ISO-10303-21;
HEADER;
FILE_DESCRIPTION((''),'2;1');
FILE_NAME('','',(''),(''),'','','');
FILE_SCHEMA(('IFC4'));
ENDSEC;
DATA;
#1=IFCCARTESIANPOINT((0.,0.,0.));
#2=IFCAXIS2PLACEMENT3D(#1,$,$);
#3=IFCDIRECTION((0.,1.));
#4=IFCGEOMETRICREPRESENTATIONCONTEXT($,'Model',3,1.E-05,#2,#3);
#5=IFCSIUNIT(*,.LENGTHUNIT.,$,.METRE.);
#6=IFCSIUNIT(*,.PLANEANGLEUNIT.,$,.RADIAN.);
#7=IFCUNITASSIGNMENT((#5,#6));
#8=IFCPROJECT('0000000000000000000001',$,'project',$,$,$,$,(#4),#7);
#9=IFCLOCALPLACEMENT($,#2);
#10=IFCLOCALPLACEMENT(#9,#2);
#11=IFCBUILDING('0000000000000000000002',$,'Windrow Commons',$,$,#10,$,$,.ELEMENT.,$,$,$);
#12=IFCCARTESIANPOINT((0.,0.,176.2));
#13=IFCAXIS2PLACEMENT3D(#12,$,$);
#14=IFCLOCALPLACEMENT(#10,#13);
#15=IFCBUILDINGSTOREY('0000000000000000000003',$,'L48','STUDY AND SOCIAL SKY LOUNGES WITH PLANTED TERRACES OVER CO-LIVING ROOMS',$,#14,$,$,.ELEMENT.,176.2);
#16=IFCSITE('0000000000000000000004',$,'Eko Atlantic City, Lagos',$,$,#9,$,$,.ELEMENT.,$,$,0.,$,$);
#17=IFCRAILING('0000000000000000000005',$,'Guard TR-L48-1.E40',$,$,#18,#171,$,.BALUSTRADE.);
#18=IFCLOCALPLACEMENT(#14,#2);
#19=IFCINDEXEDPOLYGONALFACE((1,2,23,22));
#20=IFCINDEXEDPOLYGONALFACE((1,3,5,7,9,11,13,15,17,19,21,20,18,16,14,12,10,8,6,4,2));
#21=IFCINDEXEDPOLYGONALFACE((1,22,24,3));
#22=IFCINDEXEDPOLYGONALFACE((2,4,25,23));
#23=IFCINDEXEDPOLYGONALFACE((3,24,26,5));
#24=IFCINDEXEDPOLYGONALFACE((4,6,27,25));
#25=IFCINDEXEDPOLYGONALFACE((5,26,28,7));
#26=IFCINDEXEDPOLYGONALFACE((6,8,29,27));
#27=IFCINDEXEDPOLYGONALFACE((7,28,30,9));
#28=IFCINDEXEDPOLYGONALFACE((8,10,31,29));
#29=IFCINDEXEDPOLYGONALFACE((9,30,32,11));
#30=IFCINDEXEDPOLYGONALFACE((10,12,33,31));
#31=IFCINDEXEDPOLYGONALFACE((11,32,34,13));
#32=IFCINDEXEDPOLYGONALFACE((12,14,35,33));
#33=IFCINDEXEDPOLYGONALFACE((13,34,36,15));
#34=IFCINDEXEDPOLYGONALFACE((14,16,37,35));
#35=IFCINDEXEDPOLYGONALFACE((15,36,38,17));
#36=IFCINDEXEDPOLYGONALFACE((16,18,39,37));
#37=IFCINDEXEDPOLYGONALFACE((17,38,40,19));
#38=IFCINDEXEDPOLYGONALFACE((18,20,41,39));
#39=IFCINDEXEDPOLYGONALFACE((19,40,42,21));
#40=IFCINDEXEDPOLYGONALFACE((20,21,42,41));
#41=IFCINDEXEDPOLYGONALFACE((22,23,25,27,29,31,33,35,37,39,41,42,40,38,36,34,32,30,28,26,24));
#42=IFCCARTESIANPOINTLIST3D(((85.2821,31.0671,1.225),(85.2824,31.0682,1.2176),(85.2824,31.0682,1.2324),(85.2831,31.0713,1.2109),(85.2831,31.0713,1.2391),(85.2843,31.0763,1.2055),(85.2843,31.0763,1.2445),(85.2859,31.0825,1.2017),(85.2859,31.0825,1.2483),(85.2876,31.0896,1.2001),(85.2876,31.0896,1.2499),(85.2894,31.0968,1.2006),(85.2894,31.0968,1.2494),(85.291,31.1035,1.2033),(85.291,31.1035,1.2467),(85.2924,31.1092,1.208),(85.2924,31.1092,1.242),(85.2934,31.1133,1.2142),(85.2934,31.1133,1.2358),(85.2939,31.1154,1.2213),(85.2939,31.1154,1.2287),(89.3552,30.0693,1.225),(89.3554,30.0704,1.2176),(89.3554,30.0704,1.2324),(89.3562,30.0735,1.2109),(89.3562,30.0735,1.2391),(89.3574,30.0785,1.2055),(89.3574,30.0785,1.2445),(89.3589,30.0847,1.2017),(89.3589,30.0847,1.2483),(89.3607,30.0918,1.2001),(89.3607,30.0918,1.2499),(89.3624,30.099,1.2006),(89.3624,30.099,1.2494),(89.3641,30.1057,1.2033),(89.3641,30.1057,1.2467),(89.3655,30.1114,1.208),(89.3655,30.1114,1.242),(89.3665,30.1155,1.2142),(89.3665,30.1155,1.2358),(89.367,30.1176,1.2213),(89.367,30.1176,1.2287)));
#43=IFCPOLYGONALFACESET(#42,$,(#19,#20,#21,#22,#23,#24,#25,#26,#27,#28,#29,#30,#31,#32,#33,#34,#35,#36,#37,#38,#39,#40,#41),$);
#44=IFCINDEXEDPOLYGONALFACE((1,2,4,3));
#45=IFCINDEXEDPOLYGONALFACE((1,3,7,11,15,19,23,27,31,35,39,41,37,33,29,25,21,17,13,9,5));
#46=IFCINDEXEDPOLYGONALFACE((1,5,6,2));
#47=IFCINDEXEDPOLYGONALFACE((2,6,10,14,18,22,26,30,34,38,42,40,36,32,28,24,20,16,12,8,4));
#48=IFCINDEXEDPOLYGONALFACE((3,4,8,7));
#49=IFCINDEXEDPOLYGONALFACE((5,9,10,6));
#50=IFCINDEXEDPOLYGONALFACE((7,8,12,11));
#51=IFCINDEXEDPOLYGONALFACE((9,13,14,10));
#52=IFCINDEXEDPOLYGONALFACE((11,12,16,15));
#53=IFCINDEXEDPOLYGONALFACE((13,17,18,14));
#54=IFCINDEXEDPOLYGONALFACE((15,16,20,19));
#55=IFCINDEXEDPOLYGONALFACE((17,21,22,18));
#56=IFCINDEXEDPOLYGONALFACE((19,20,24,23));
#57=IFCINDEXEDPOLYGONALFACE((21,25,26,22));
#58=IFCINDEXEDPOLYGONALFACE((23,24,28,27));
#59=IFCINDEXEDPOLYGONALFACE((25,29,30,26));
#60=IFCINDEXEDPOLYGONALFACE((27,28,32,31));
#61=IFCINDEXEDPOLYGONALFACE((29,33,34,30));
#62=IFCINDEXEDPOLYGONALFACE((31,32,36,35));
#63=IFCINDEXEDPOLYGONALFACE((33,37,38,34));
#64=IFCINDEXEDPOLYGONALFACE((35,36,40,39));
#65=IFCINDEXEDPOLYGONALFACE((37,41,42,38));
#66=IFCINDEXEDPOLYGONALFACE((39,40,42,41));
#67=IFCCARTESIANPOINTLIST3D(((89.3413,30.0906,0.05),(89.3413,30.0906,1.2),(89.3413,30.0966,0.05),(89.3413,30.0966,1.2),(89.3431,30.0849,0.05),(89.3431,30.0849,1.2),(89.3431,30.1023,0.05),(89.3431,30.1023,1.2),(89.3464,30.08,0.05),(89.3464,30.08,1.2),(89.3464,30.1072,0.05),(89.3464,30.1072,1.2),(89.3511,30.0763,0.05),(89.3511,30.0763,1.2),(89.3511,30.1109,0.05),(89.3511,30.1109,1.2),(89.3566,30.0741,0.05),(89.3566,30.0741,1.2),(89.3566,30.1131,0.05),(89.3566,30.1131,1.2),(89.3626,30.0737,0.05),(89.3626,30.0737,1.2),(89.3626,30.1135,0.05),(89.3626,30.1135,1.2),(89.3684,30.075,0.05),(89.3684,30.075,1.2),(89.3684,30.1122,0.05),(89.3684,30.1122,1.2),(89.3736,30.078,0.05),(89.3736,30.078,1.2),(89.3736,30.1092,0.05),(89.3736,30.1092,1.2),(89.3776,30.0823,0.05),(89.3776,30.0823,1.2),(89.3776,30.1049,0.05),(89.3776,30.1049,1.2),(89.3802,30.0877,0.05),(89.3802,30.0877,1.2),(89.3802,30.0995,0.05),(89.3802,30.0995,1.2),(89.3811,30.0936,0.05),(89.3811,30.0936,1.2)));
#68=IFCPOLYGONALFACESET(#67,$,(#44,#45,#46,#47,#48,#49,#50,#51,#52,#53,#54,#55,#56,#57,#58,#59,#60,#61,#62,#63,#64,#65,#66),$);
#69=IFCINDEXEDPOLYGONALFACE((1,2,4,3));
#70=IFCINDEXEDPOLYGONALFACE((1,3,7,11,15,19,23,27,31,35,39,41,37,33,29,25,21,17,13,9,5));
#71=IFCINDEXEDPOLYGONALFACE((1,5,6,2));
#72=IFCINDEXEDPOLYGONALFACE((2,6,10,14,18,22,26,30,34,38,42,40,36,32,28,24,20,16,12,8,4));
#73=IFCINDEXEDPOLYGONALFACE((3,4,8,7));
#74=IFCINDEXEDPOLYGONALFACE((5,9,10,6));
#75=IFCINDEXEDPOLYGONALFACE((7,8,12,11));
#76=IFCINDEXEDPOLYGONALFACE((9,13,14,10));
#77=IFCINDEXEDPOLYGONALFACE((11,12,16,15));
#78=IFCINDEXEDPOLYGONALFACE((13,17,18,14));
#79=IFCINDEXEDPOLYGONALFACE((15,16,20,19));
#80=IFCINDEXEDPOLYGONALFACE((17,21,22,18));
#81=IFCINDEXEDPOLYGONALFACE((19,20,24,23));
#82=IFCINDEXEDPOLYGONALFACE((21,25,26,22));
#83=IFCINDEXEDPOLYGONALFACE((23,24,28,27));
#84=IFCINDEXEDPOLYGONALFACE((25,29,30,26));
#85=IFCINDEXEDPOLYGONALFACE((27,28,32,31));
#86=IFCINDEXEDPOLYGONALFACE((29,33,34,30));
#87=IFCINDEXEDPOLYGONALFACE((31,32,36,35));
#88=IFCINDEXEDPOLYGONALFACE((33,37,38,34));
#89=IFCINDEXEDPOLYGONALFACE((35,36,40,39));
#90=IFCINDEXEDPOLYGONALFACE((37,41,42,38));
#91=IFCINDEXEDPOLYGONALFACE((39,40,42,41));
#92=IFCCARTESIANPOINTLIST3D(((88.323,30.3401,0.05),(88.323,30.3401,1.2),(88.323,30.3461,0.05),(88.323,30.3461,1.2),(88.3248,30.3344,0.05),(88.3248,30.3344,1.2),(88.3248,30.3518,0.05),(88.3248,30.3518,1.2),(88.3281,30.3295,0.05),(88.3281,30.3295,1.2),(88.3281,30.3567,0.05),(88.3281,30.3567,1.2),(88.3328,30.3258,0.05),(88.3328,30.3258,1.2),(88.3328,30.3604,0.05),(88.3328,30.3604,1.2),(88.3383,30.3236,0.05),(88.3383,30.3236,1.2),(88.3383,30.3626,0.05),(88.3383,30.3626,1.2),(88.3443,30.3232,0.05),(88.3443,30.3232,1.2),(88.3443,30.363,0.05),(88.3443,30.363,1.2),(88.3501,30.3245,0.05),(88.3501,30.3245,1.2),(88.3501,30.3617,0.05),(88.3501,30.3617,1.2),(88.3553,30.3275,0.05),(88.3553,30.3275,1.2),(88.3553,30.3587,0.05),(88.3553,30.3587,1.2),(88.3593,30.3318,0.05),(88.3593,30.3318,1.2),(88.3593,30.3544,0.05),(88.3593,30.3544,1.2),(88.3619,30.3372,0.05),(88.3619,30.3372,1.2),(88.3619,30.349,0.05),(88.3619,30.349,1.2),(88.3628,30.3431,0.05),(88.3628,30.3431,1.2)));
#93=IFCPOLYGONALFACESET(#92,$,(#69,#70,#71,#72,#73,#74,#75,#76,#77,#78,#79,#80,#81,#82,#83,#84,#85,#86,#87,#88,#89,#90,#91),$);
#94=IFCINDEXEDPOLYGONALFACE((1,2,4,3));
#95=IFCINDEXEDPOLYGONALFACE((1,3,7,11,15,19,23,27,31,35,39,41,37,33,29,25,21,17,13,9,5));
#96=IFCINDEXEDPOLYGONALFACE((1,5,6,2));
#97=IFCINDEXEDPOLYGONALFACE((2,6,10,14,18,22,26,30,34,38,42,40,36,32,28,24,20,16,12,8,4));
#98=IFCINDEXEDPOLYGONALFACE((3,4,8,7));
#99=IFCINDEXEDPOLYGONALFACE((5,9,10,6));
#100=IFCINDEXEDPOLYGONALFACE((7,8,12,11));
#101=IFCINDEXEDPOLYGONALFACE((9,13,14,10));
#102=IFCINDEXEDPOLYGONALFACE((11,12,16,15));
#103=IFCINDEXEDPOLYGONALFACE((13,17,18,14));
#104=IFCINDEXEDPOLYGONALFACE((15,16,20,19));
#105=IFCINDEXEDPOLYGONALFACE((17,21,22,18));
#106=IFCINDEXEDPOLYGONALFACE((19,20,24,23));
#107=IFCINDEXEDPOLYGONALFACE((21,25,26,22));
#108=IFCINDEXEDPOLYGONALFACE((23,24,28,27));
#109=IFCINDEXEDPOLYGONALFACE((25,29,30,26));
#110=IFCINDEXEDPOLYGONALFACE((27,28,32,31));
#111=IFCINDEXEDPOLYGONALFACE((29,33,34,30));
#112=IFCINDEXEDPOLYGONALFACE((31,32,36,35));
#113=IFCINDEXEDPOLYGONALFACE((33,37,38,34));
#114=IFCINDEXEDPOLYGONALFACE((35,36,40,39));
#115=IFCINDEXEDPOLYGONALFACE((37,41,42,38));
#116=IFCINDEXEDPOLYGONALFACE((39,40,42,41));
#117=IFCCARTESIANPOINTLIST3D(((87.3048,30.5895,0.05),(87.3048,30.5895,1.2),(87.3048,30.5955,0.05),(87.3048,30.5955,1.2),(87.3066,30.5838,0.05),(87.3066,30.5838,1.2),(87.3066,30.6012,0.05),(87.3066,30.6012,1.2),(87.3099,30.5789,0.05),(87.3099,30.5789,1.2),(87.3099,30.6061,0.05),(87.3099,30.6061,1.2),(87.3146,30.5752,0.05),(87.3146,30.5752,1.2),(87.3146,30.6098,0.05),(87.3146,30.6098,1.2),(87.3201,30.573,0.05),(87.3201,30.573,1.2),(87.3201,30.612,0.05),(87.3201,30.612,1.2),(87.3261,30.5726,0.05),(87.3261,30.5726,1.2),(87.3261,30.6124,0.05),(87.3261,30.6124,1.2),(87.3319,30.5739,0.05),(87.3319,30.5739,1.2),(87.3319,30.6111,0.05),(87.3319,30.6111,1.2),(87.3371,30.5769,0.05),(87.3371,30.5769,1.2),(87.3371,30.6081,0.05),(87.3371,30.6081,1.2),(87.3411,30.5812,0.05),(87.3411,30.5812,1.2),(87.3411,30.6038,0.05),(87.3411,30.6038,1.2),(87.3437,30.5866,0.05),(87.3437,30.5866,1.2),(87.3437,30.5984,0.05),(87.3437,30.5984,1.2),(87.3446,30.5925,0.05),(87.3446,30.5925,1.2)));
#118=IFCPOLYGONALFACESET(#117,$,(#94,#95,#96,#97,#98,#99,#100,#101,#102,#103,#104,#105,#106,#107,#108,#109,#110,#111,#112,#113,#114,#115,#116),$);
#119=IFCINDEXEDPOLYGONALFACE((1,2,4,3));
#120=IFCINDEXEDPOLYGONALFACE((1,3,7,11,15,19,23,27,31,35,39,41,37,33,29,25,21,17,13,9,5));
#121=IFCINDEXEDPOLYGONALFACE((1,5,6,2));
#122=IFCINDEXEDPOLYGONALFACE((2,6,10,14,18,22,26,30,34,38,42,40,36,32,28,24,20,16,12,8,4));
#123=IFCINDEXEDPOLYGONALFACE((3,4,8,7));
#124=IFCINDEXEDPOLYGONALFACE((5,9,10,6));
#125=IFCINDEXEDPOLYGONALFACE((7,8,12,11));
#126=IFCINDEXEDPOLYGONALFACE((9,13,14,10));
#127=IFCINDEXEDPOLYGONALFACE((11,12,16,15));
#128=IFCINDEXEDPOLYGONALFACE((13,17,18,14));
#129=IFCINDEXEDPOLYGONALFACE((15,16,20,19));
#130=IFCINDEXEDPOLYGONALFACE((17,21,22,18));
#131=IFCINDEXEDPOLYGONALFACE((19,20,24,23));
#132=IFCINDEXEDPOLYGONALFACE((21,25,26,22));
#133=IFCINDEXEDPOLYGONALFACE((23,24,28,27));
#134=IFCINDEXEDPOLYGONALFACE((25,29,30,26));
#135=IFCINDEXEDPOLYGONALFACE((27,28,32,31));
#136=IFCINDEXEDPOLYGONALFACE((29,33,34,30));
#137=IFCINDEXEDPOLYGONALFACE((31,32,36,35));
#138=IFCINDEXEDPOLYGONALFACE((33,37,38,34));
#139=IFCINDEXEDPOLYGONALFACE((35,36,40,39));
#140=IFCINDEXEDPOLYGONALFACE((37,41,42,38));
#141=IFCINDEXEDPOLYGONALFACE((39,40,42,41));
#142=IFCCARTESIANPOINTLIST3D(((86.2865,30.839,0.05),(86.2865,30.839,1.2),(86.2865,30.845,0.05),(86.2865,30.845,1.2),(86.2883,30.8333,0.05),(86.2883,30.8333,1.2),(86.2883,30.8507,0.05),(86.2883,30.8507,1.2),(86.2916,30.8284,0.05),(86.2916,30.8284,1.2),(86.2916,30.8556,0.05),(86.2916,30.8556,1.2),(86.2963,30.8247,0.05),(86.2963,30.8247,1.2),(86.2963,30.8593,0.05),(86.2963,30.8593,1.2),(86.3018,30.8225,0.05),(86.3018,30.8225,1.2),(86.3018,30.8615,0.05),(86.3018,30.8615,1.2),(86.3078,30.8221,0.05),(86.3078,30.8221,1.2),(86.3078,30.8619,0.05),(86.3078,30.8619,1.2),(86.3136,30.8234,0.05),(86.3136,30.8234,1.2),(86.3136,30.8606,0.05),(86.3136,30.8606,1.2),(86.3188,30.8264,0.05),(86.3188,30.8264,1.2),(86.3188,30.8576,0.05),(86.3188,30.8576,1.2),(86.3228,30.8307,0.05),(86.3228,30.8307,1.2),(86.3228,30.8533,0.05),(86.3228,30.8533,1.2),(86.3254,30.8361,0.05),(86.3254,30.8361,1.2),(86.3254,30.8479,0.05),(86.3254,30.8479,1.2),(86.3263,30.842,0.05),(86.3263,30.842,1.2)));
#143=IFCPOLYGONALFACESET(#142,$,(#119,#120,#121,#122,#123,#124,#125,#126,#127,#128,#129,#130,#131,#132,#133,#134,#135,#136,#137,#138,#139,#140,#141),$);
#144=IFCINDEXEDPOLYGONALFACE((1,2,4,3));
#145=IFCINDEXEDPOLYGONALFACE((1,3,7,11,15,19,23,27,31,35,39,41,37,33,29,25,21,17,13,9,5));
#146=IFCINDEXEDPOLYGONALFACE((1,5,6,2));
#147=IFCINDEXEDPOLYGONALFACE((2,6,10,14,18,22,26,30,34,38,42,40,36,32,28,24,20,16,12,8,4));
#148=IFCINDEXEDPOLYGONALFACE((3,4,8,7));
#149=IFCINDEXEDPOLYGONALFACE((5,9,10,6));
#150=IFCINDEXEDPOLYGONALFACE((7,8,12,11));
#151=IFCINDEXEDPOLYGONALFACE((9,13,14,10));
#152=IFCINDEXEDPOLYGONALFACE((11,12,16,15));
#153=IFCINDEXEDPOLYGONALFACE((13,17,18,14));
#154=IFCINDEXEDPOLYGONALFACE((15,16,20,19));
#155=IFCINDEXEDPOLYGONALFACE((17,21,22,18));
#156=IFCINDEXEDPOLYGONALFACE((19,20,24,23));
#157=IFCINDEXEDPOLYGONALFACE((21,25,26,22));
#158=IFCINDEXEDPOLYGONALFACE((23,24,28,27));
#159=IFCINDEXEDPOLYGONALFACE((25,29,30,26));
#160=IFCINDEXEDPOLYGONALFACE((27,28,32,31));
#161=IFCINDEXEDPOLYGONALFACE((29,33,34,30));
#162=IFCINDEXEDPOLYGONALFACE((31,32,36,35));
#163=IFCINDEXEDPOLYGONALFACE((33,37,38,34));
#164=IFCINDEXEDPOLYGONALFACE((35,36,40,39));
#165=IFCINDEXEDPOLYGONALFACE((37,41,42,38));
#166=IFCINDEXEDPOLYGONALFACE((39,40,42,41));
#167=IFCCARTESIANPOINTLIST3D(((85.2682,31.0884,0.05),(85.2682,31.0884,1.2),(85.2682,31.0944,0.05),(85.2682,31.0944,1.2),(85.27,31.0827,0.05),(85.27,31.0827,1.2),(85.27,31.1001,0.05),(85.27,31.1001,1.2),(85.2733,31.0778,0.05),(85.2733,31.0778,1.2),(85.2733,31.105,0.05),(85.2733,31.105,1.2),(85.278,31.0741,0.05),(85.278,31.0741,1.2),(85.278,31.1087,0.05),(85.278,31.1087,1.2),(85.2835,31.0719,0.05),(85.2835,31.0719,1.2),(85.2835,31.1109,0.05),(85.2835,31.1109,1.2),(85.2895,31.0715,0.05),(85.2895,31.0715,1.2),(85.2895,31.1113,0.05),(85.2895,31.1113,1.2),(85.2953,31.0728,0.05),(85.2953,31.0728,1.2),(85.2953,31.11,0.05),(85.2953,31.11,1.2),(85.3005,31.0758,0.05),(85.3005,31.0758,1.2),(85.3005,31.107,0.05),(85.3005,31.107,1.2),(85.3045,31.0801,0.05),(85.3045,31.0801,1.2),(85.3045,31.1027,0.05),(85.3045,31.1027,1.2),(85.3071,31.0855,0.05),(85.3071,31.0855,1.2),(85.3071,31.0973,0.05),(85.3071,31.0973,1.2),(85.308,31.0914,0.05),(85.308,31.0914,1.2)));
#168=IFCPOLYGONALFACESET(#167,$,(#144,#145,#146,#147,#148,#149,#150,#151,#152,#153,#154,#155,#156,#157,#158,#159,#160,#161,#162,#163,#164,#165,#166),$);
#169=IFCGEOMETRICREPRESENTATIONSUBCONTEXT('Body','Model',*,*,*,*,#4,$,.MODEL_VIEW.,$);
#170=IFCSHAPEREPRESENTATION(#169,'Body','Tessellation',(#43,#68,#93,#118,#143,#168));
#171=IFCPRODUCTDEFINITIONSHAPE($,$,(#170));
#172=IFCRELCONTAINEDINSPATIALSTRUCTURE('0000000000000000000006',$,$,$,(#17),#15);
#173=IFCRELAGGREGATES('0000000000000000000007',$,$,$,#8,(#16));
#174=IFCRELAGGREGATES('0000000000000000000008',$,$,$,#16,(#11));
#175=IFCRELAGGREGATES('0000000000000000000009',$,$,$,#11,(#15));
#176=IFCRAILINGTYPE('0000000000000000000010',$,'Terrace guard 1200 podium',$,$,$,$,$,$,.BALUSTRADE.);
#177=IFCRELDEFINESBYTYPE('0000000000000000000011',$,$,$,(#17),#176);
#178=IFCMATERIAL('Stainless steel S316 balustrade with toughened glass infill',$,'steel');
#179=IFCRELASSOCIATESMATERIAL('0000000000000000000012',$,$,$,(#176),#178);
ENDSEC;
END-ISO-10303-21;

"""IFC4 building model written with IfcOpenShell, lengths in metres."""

from ifc_helpers import new_model, si_unit, direction, frame, origin, origin_2d, place, context, subcontext, project, spatial, circle, extrude, material, type_object, element, save


model = new_model("IFC4")

# Units and contexts
model_context = context("Model", 3, precision=1e-05, world=origin(), true_north=direction((0.0, 1.0)))
body_context = subcontext(model_context, "Body", "Model", "MODEL_VIEW")
ifc_project = project(units=[si_unit("LENGTHUNIT", "METRE"), si_unit("PLANEANGLEUNIT", "RADIAN")], contexts=[model_context])

# Site, building, storey
site_placement = place(None, origin())
site = spatial("IfcSite", under=ifc_project, at=site_placement, Name="Eko Atlantic City, Lagos", CompositionType="ELEMENT", RefElevation=0.0)
building_placement = place(site_placement, origin())
building = spatial("IfcBuilding", under=site, at=building_placement, Name="Windrow Commons", CompositionType="ELEMENT")
storey_placement = place(building_placement, frame((0.0, 0.0, 176.2)))
storey = spatial("IfcBuildingStorey", under=building, at=storey_placement, Name="L48", Description="STUDY AND SOCIAL SKY LOUNGES WITH PLANTED TERRACES OVER CO-LIVING ROOMS", CompositionType="ELEMENT", Elevation=176.2)

# Railing
ifc_material_1 = material(Name="Stainless steel S316 balustrade with toughened glass infill", Category="steel")
railing_type = type_object("IfcRailingType", Name="Terrace guard 1200 podium", PredefinedType="BALUSTRADE", material=ifc_material_1)
railing_1_placement = place(storey_placement, frame((89.3611, 30.0936, 0.05)))
element("IfcRailing", 1, at=railing_1_placement, inside=storey, type_object=railing_type, Name="Guard TR-L48-1.E40", PredefinedType="BALUSTRADE", context=body_context, shape_type="SweptSolid", body=[
    extrude(circle(Radius=0.025, at=origin_2d()), frame((0.0, 0.0, 1.175), z_axis=(-0.97128, 0.237938, 0.0), x_axis=(-0.237938, -0.97128, 0.0)), (0.0, 0.0, 1.0), 4.1935),
    extrude(circle(Radius=0.02, at=origin_2d()), origin(), (0.0, 0.0, 1.0), 1.15),
    extrude(circle(Radius=0.02, at=origin_2d()), frame((-1.0183, 0.2495, 0.0)), (0.0, 0.0, 1.0), 1.15),
    extrude(circle(Radius=0.02, at=origin_2d()), frame((-2.0365, 0.4989, 0.0)), (0.0, 0.0, 1.0), 1.15),
    extrude(circle(Radius=0.02, at=origin_2d()), frame((-3.0548, 0.7484, 0.0)), (0.0, 0.0, 1.0), 1.15),
    extrude(circle(Radius=0.02, at=origin_2d()), frame((-4.0731, 0.9978, 0.0)), (0.0, 0.0, 1.0), 1.15),
])

save(model, "model.ifc")
